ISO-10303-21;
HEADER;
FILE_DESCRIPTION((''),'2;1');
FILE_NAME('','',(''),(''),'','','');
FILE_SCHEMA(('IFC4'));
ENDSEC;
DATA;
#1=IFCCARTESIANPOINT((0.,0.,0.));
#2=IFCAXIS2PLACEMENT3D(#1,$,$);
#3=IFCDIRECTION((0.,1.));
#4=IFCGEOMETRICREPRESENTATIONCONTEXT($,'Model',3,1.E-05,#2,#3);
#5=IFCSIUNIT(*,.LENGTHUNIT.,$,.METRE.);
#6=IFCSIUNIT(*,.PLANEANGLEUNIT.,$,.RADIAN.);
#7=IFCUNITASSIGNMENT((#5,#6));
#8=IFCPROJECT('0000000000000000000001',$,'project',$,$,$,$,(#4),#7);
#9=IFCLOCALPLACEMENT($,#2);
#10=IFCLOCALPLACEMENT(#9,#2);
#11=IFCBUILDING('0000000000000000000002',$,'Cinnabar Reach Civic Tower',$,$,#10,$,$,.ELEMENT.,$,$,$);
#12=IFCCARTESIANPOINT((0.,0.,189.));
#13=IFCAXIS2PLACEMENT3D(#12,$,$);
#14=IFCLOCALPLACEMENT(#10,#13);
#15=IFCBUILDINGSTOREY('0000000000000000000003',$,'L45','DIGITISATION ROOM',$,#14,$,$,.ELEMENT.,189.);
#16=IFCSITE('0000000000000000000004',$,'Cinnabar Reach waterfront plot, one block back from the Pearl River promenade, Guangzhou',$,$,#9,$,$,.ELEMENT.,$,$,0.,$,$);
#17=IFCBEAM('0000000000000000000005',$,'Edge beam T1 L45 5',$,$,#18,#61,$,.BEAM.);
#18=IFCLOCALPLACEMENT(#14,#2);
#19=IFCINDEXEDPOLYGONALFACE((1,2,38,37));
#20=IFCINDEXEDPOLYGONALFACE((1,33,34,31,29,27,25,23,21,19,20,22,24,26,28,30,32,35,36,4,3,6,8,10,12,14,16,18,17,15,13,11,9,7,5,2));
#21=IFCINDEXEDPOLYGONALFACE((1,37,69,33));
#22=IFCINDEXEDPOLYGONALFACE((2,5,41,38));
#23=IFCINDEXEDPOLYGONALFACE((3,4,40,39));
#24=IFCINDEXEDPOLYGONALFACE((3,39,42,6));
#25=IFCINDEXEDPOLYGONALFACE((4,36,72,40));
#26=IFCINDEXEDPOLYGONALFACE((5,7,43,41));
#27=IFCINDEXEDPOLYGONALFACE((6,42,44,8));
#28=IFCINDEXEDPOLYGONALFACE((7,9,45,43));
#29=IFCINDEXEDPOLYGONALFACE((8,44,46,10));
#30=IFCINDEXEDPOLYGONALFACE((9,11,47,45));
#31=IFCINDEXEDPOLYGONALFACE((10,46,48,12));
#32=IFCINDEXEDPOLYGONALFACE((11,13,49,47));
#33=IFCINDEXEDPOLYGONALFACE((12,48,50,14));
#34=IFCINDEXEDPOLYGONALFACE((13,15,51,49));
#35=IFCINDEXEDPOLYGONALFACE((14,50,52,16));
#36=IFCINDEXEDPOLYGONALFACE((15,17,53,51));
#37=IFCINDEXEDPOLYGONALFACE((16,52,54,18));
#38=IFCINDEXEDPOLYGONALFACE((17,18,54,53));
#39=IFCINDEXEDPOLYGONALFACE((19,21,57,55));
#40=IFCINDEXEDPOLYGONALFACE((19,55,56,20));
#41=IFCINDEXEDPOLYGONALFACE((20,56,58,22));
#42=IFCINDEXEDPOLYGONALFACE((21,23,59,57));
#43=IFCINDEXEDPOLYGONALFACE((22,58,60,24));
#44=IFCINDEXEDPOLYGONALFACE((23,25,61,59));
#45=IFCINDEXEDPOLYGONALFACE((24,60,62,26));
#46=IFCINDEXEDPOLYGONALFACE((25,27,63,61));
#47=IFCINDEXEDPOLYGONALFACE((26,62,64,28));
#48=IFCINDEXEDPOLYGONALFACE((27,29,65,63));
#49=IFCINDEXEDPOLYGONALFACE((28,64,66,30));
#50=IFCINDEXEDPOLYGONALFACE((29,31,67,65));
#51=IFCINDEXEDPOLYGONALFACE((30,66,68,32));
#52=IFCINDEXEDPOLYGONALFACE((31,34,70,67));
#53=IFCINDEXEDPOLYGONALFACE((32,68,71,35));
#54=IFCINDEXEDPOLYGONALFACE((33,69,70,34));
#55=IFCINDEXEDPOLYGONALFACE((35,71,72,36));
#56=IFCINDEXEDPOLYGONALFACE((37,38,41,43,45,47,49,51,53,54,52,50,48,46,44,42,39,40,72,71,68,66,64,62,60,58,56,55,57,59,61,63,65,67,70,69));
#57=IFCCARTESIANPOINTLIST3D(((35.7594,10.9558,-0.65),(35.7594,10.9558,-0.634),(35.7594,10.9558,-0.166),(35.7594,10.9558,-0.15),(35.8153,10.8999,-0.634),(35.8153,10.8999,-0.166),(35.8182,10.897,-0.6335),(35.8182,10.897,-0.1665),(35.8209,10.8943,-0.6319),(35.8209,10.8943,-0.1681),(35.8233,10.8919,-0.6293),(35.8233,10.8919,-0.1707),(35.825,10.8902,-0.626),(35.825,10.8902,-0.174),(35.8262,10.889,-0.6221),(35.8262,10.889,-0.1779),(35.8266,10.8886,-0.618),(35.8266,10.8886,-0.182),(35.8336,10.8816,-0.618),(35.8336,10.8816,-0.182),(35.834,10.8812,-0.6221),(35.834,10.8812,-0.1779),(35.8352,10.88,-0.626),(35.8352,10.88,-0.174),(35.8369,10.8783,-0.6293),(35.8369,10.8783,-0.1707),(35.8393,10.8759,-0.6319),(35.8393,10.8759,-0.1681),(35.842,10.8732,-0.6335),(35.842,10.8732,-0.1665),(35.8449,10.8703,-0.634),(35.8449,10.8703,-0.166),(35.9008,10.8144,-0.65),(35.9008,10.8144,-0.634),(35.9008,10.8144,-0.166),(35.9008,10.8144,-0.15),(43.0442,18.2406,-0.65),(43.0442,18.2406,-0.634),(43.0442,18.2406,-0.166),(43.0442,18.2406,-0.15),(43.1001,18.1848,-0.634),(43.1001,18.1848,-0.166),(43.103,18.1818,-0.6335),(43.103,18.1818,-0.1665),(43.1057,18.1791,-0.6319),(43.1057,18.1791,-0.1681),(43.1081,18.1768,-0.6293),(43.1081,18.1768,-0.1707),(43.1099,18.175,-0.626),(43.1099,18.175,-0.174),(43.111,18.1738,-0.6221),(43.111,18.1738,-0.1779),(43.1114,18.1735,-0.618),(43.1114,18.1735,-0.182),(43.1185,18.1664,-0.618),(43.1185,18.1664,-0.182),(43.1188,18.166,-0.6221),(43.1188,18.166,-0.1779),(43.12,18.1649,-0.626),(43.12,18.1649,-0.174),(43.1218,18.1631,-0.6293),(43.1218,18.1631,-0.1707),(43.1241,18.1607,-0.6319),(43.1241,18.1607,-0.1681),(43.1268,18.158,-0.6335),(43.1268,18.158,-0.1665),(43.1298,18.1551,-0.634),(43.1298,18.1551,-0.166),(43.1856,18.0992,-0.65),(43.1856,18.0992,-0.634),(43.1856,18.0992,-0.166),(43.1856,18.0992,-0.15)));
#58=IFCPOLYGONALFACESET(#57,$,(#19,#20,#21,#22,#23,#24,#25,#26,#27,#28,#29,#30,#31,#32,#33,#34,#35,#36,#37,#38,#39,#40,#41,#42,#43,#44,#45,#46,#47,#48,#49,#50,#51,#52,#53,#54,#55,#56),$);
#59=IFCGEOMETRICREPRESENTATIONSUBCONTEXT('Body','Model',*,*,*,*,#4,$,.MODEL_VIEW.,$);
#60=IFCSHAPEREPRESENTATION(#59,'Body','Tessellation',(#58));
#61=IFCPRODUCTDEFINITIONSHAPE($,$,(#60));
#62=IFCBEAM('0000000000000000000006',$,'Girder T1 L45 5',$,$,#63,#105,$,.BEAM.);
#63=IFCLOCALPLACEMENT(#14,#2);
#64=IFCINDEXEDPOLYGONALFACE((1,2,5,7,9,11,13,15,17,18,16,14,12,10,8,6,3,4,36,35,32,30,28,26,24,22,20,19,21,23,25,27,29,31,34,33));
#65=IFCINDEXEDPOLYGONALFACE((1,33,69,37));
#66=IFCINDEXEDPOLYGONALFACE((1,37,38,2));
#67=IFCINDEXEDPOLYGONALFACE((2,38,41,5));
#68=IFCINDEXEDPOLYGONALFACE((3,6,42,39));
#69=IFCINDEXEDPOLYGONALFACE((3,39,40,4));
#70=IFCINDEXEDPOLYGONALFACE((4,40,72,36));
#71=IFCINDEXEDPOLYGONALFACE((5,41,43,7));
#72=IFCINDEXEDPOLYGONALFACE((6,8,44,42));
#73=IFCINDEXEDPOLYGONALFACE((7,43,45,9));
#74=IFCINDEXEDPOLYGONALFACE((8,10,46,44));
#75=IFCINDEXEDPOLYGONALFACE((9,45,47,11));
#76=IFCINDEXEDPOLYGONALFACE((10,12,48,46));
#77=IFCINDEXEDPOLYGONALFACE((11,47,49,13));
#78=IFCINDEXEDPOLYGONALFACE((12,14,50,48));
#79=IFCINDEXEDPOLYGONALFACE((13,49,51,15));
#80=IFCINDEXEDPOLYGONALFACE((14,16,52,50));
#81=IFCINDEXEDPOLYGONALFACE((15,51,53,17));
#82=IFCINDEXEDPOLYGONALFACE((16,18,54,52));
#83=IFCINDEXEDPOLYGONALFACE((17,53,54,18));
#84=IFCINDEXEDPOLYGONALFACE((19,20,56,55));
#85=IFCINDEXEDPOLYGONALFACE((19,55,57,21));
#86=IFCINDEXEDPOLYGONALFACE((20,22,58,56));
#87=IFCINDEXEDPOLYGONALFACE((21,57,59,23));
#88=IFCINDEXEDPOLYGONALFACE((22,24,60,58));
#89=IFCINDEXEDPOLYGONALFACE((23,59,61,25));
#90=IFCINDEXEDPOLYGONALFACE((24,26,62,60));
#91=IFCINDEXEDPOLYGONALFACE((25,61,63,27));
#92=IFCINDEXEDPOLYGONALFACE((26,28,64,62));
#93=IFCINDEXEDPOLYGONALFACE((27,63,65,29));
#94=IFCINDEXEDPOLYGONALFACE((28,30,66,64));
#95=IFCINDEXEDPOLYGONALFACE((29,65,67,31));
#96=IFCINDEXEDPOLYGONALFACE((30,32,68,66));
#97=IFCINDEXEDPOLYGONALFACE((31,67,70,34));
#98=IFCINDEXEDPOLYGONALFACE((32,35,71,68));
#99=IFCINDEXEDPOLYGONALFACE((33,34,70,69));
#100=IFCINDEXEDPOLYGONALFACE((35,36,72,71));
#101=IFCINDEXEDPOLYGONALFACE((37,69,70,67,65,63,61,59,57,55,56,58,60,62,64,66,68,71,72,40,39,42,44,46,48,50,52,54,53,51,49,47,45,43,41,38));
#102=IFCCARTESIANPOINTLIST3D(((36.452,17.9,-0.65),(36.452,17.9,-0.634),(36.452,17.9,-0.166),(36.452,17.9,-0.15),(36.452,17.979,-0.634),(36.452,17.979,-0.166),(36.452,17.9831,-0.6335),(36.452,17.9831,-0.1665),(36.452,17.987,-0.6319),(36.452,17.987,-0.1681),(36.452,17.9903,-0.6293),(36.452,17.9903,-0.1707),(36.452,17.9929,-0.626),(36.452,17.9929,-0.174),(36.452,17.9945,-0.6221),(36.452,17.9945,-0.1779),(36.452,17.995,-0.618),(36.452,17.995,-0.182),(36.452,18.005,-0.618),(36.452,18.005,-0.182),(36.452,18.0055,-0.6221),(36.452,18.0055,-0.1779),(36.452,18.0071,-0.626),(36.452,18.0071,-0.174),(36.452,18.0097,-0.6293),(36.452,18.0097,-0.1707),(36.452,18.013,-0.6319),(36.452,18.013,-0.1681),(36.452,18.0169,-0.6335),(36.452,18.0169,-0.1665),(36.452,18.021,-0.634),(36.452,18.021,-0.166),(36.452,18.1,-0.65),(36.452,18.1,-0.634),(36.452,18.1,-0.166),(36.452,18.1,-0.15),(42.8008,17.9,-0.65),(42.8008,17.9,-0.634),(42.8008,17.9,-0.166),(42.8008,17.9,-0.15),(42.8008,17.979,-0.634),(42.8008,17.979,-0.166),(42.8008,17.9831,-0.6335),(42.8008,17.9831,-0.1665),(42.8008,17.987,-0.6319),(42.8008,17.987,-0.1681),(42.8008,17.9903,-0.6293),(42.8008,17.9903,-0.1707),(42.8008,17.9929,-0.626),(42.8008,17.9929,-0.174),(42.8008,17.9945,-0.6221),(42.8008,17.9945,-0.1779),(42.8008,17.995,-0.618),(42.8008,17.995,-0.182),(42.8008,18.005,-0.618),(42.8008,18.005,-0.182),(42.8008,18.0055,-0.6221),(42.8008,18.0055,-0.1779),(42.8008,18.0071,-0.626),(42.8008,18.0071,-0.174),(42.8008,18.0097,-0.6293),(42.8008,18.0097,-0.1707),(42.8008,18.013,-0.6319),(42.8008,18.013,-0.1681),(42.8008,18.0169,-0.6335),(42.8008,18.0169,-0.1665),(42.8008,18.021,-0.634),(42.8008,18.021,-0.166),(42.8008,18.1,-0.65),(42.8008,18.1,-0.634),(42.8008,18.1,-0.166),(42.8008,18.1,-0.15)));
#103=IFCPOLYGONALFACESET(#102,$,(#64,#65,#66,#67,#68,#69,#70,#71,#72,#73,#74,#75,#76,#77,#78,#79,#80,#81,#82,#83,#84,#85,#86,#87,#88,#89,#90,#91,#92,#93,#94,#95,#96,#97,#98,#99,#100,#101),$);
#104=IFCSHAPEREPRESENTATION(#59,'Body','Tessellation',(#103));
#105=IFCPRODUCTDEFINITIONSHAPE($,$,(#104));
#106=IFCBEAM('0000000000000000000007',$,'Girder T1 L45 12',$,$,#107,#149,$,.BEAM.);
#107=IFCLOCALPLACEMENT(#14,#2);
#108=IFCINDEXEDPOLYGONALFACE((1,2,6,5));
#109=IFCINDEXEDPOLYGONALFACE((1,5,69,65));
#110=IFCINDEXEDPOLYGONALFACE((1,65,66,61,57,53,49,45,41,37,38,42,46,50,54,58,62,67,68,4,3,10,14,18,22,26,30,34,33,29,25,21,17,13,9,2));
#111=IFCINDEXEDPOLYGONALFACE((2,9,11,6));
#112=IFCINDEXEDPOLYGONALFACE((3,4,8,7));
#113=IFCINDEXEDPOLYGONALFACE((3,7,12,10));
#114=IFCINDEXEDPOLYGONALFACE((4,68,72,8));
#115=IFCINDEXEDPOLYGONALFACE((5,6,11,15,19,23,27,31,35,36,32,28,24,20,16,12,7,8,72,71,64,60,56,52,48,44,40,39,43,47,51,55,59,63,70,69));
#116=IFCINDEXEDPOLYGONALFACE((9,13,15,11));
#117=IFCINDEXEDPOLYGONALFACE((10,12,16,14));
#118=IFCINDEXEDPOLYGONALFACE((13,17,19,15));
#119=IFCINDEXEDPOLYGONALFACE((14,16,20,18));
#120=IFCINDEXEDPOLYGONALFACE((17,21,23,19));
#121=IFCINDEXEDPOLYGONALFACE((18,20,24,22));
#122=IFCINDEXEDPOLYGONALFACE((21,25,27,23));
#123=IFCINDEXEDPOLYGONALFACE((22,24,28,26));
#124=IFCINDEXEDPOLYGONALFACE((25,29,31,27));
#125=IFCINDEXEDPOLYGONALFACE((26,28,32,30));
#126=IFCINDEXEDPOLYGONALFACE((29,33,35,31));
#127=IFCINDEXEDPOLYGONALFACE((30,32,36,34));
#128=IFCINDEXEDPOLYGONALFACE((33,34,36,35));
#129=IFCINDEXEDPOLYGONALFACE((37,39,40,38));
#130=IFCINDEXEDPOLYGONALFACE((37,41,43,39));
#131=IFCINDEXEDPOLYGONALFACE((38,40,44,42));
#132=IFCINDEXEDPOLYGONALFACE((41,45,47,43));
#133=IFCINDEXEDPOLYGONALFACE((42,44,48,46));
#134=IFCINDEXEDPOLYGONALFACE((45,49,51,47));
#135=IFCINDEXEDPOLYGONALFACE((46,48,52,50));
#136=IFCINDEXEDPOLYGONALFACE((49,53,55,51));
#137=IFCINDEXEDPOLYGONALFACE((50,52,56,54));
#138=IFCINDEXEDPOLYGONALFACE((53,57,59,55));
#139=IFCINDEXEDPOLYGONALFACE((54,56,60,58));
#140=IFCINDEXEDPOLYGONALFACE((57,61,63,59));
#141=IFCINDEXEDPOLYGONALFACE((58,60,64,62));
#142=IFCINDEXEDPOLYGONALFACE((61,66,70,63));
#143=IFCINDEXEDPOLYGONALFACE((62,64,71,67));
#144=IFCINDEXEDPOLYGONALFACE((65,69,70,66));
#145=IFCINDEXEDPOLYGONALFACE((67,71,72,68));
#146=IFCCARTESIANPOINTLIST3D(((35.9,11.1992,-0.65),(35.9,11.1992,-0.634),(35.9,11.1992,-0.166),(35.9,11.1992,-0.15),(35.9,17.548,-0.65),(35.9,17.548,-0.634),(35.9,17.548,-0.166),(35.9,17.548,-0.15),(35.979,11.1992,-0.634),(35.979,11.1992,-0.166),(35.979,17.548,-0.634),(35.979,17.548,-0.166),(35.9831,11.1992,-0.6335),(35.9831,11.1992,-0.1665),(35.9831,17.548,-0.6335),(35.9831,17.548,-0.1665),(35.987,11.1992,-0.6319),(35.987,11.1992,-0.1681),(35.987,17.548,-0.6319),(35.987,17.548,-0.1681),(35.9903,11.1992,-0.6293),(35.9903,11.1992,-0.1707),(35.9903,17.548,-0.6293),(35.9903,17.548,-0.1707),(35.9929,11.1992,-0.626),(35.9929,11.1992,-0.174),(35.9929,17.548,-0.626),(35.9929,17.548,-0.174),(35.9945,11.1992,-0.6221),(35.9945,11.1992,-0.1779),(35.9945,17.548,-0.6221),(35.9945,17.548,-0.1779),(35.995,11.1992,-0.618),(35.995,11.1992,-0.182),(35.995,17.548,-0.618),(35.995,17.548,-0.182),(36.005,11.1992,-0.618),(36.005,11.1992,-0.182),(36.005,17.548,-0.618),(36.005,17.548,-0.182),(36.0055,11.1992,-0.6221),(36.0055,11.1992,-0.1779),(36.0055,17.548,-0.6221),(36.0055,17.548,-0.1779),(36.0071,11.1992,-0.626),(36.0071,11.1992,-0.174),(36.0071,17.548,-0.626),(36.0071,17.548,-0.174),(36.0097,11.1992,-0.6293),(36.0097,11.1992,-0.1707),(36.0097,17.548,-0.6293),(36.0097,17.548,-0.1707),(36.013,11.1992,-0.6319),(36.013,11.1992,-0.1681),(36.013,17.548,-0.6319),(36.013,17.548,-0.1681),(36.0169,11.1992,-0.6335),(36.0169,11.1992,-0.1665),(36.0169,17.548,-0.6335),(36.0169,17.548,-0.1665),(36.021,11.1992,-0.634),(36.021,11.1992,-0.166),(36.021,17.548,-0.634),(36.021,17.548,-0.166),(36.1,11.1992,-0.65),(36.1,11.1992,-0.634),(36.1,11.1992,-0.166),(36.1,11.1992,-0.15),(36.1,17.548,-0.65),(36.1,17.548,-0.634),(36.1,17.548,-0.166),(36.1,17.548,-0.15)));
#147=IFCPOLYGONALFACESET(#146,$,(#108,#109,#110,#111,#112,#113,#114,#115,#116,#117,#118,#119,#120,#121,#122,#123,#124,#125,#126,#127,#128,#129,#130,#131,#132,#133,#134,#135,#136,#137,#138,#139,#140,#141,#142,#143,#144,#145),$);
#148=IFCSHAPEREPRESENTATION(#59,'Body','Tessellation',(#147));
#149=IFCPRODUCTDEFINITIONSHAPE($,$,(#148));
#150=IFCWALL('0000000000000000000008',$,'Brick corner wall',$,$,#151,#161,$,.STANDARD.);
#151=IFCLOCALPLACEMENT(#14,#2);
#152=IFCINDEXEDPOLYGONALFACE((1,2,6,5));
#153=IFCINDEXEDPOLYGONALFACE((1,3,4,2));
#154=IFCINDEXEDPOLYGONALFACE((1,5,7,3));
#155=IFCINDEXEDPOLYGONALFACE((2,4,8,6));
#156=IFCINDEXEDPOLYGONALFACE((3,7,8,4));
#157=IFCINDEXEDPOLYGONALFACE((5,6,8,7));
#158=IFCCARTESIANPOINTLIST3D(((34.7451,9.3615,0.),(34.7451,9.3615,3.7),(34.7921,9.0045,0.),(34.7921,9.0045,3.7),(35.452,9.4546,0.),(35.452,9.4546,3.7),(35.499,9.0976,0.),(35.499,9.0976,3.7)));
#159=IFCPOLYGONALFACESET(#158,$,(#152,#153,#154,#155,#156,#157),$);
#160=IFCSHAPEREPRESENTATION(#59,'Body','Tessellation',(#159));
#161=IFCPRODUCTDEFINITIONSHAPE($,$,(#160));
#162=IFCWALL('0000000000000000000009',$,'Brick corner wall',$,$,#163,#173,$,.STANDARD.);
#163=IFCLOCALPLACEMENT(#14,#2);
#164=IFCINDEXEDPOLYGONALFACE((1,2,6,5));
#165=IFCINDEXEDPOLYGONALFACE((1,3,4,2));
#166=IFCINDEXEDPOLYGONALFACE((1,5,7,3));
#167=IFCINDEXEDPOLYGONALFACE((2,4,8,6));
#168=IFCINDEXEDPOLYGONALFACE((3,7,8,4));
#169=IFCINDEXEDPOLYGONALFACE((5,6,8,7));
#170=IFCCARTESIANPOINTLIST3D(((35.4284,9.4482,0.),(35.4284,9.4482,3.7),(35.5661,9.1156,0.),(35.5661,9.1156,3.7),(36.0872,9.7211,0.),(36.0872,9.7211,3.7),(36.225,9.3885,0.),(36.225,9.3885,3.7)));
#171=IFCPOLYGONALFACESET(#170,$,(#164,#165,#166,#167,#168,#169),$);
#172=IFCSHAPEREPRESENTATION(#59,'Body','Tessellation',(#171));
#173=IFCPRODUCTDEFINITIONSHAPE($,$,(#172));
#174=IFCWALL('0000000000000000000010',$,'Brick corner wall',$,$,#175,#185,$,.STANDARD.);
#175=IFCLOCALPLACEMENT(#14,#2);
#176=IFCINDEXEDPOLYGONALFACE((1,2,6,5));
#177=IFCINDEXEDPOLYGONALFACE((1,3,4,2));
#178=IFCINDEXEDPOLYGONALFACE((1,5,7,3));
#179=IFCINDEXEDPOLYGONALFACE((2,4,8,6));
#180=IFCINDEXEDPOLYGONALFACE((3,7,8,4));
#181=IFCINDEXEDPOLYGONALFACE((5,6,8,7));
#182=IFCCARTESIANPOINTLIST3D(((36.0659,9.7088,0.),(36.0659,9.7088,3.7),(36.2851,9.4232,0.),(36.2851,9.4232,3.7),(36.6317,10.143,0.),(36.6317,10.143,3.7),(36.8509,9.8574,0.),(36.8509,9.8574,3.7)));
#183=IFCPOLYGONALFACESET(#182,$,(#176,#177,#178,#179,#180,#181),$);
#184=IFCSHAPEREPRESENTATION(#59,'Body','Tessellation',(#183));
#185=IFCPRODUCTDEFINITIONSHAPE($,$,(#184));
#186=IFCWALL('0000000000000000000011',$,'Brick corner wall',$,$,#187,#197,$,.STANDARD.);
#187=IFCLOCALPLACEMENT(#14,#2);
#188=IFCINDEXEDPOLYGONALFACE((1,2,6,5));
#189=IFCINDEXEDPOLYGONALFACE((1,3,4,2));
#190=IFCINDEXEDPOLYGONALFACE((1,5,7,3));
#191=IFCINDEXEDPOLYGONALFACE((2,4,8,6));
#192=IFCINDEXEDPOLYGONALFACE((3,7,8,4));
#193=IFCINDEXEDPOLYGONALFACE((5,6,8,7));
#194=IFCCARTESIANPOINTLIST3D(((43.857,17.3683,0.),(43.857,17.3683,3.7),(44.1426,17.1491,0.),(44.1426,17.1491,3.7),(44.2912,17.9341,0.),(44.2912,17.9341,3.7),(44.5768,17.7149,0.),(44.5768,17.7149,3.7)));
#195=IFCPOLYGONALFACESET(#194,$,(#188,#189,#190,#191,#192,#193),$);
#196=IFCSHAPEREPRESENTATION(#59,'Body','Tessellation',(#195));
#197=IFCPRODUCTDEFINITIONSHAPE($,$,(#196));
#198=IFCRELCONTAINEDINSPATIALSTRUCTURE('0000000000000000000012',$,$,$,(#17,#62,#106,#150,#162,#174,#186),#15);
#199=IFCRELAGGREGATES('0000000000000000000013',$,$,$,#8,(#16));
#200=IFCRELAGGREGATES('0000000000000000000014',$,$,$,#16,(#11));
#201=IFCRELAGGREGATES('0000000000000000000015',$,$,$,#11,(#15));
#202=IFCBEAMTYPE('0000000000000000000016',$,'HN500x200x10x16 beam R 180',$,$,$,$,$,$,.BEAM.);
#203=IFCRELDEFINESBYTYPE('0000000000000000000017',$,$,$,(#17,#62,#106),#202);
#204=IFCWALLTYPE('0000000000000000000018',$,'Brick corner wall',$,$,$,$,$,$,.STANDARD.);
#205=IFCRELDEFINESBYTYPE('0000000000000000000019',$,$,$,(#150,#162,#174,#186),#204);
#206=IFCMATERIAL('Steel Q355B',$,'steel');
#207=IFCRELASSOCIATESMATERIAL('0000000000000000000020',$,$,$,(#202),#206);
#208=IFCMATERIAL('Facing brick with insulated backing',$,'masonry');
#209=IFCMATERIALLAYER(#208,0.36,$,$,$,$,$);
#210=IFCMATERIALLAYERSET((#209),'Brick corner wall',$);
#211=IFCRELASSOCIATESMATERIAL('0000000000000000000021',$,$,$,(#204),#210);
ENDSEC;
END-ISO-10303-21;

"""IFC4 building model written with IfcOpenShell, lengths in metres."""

from ifc_helpers import new_model, si_unit, direction, frame, frame_2d, origin, origin_2d, place, context, subcontext, project, spatial, rectangle, i_section, extrude, material, layer, layer_set, material_profile, profile_set, type_object, element, save


model = new_model("IFC4")

# Units and contexts
model_context = context("Model", 3, precision=1e-05, world=origin(), true_north=direction((0.0, 1.0)))
body_context = subcontext(model_context, "Body", "Model", "MODEL_VIEW")
ifc_project = project(units=[si_unit("LENGTHUNIT", "METRE"), si_unit("PLANEANGLEUNIT", "RADIAN")], contexts=[model_context])

# Site, building, storey
site_placement = place(None, origin())
site = spatial("IfcSite", under=ifc_project, at=site_placement, Name="Cinnabar Reach waterfront plot, one block back from the Pearl River promenade, Guangzhou", CompositionType="ELEMENT", RefElevation=0.0)
building_placement = place(site_placement, origin())
building = spatial("IfcBuilding", under=site, at=building_placement, Name="Cinnabar Reach Civic Tower", CompositionType="ELEMENT")
storey_placement = place(building_placement, frame((0.0, 0.0, 189.0)))
storey = spatial("IfcBuildingStorey", under=building, at=storey_placement, Name="L45", Description="DIGITISATION ROOM", CompositionType="ELEMENT", Elevation=189.0)

# Beams
ifc_material_1 = material(Name="Steel Q355B", Category="steel")
ifc_material_profile_1 = material_profile(ifc_material_1, i_section(OverallWidth=0.2, OverallDepth=0.5, WebThickness=0.01, FlangeThickness=0.016, FilletRadius=0.016, at=origin_2d()), Name="HN500x200x10x16")
ifc_profile_set_1 = profile_set([ifc_material_profile_1], Name="Steel Q355B")
beam_type_1 = type_object("IfcBeamType", Name="HN500x200x10x16 beam R 180", PredefinedType="BEAM", material=ifc_profile_set_1)
beam_1_placement = place(storey_placement, frame((35.8301, 10.8851, -0.4), z_axis=(0.707107, 0.707107, 0.0), x_axis=(-0.707107, 0.707107, 0.0)))
element("IfcBeam", 1, at=beam_1_placement, inside=storey, type_object=beam_type_1, Name="Edge beam T1 L45 5", PredefinedType="BEAM", context=body_context, shape_type="SweptSolid", body=[
    extrude(i_section(OverallWidth=0.2, OverallDepth=0.5, WebThickness=0.01, FlangeThickness=0.016, FilletRadius=0.016, at=origin_2d()), origin(), (0.0, 0.0, 1.0), 10.3023),
])
for number, where, z_axis, x_axis, name in (
    (2, (36.452, 18.0, -0.4), (1.0, 0.0, 0.0), (0.0, 1.0, 0.0), "Girder T1 L45 5"),
    (3, (36.0, 11.1992, -0.4), (0.0, 1.0, 0.0), (-1.0, 0.0, 0.0), "Girder T1 L45 12"),
):
    element("IfcBeam", number, at=place(storey_placement, frame(where, z_axis=z_axis, x_axis=x_axis)), inside=storey, type_object=beam_type_1, Name=name, PredefinedType="BEAM", context=body_context, shape_type="SweptSolid", body=[
        extrude(i_section(OverallWidth=0.2, OverallDepth=0.5, WebThickness=0.01, FlangeThickness=0.016, FilletRadius=0.016, at=origin_2d()), origin(), (0.0, 0.0, 1.0), 6.3488),
    ])

# Walls
ifc_material_2 = material(Name="Facing brick with insulated backing", Category="masonry")
ifc_layer_1 = layer(ifc_material_2, 0.36)
ifc_layer_set_1 = layer_set([ifc_layer_1], Name="Brick corner wall")
wall_type_1 = type_object("IfcWallType", Name="Brick corner wall", PredefinedType="STANDARD", material=ifc_layer_set_1)
for number, where, z_axis, x_axis, name in (
    (4, (34.7686, 9.183, 0.0), (0.0, 0.0, 1.0), (0.991441, 0.130556, 0.0), "Brick corner wall"),
    (5, (35.4973, 9.2819, 0.0), (0.0, 0.0, 1.0), (0.923872, 0.382703, 0.0), "Brick corner wall"),
):
    element("IfcWall", number, at=place(storey_placement, frame(where, z_axis=z_axis, x_axis=x_axis)), inside=storey, type_object=wall_type_1, Name=name, PredefinedType="STANDARD", context=body_context, shape_type="SweptSolid", body=[
        extrude(rectangle(XDim=0.7131, YDim=0.36, at=frame_2d((0.3565, 0.0))), origin(), (0.0, 0.0, 1.0), 3.7),
    ])
for number, where, z_axis, x_axis, name in (
    (6, (36.1755, 9.566, 0.0), (0.0, 0.0, 1.0), (0.793322, 0.608802, 0.0), "Brick corner wall"),
    (7, (43.9998, 17.2587, 0.0), (0.0, 0.0, 1.0), (0.608802, 0.793322, 0.0), "Brick corner wall"),
):
    element("IfcWall", number, at=place(storey_placement, frame(where, z_axis=z_axis, x_axis=x_axis)), inside=storey, type_object=wall_type_1, Name=name, PredefinedType="STANDARD", context=body_context, shape_type="SweptSolid", body=[
        extrude(rectangle(XDim=0.7132, YDim=0.36, at=frame_2d((0.3566, 0.0))), origin(), (0.0, 0.0, 1.0), 3.7),
    ])

save(model, "model.ifc")
